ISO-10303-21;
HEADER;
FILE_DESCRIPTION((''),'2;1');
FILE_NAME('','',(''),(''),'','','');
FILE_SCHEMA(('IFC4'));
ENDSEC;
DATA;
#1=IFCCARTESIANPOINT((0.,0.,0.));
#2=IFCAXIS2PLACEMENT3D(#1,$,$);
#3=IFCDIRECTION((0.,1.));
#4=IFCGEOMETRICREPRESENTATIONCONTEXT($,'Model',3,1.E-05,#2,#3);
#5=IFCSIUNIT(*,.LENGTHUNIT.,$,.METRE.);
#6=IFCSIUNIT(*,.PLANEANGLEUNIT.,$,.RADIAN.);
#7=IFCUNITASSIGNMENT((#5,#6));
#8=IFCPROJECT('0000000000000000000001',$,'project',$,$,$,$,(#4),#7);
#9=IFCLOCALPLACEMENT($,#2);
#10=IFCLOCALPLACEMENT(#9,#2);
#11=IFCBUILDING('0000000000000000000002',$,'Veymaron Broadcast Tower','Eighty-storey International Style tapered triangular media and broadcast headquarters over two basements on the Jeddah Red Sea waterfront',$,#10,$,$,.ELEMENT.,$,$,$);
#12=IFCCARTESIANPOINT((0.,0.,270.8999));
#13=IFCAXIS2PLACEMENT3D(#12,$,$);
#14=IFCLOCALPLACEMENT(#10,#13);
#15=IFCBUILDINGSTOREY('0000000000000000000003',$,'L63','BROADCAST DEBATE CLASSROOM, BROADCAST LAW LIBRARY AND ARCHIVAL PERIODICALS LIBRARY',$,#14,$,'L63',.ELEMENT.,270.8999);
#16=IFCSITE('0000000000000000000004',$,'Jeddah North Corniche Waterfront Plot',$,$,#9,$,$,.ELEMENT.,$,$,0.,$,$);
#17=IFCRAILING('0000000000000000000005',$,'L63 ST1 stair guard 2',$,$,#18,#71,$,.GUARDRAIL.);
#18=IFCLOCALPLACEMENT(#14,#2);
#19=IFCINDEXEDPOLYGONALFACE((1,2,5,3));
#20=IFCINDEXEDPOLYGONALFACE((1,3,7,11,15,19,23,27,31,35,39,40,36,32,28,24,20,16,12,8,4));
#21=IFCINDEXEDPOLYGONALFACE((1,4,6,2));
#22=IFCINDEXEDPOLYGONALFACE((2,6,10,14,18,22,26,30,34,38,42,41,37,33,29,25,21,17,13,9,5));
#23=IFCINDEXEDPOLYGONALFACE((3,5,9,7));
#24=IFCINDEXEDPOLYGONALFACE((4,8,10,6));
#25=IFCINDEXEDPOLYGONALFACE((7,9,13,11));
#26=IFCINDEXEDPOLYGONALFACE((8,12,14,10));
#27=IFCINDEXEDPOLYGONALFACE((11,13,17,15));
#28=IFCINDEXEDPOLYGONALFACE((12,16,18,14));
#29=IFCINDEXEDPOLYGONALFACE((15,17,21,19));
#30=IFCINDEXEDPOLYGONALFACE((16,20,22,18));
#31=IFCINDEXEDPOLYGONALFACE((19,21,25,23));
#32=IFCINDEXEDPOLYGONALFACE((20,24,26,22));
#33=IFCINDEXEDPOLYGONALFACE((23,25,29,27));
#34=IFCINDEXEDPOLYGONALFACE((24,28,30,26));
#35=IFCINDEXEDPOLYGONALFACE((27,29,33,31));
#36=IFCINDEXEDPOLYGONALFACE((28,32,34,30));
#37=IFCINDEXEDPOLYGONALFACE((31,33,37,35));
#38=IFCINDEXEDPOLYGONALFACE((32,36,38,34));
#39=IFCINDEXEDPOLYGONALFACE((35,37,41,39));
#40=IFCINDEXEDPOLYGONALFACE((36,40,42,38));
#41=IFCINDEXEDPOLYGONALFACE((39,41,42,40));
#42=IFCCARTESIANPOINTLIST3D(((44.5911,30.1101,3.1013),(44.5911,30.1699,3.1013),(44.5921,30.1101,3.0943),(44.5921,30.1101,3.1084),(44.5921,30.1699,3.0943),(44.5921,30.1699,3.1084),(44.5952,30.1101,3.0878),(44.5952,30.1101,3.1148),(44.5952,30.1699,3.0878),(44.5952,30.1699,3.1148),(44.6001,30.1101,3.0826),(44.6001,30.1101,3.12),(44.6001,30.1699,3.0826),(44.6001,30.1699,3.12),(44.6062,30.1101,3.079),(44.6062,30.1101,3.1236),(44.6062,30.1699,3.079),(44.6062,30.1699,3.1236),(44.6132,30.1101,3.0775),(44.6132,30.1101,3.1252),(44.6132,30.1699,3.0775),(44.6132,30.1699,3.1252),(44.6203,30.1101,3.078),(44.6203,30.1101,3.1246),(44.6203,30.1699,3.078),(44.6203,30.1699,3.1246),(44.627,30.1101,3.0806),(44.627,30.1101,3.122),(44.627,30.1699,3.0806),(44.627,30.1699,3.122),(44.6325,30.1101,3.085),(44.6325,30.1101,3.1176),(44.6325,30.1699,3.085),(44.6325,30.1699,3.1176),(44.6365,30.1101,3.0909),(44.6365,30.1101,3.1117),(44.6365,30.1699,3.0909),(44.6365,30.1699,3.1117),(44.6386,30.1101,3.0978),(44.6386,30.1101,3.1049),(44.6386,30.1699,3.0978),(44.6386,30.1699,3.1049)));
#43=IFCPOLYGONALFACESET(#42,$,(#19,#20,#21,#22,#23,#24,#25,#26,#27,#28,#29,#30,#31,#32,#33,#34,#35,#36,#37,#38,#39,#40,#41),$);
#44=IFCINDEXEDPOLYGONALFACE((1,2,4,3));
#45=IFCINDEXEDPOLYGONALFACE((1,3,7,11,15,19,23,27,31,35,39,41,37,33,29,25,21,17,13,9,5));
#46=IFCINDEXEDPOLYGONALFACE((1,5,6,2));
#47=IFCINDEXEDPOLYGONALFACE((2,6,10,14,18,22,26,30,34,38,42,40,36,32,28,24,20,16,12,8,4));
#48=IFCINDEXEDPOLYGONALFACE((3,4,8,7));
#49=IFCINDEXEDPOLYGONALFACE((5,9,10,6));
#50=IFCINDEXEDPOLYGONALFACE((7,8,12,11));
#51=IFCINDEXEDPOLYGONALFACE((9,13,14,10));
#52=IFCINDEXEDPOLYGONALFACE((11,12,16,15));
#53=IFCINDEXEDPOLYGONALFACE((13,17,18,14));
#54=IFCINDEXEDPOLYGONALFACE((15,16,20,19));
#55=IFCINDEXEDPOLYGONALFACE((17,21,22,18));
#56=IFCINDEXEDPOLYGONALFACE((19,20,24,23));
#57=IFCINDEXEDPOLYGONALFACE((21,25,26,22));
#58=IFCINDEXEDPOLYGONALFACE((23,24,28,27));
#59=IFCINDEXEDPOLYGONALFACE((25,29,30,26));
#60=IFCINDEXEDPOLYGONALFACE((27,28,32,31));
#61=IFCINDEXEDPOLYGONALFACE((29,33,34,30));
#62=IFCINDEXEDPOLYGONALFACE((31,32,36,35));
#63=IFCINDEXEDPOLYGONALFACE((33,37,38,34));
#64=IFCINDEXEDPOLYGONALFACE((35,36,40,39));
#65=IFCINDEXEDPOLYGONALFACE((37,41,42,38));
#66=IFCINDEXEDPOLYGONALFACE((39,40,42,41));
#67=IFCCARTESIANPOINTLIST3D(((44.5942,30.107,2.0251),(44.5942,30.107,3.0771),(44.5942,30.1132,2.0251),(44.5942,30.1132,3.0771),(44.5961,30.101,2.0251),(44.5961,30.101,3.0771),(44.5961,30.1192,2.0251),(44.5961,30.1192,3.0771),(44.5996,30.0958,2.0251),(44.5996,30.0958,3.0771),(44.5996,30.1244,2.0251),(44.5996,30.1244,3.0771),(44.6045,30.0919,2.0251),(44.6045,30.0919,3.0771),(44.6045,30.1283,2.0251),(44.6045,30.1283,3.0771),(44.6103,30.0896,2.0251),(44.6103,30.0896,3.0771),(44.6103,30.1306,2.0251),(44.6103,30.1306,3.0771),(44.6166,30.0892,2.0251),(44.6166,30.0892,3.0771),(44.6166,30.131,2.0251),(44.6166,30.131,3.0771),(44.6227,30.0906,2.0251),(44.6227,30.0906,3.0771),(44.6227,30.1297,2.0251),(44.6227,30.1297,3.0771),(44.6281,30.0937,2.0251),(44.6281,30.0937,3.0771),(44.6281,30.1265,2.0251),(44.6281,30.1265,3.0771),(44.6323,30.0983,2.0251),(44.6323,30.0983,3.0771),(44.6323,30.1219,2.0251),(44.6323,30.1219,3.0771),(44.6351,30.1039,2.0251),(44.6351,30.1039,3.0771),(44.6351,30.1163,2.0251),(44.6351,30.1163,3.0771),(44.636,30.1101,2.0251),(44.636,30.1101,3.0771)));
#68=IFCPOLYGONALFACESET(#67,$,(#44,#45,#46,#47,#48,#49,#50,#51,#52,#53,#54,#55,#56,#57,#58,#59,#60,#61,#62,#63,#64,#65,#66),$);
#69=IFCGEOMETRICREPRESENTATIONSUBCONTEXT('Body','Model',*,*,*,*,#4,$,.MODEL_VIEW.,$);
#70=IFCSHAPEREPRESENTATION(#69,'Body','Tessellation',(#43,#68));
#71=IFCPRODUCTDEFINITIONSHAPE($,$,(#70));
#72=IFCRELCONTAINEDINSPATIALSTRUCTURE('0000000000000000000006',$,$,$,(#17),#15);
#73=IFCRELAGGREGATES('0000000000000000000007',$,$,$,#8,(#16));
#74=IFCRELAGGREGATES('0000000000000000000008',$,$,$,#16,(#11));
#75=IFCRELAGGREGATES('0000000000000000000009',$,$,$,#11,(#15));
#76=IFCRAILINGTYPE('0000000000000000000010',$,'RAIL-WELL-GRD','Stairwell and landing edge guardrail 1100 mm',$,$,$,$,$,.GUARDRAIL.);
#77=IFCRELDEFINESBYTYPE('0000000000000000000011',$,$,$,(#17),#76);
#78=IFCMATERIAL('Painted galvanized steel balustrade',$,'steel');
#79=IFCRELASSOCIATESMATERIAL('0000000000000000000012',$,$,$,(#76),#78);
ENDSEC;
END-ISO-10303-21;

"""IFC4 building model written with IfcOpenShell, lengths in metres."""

from ifc_helpers import new_model, si_unit, direction, frame, origin, origin_2d, place, context, subcontext, project, spatial, circle, extrude, material, type_object, element, save


model = new_model("IFC4")

# Units and contexts
model_context = context("Model", 3, precision=1e-05, world=origin(), true_north=direction((0.0, 1.0)))
body_context = subcontext(model_context, "Body", "Model", "MODEL_VIEW")
ifc_project = project(units=[si_unit("LENGTHUNIT", "METRE"), si_unit("PLANEANGLEUNIT", "RADIAN")], contexts=[model_context])

# Site, building, storey
site_placement = place(None, origin())
site = spatial("IfcSite", under=ifc_project, at=site_placement, Name="Jeddah North Corniche Waterfront Plot", CompositionType="ELEMENT", RefElevation=0.0)
building_placement = place(site_placement, origin())
building = spatial("IfcBuilding", under=site, at=building_placement, Name="Veymaron Broadcast Tower", Description="Eighty-storey International Style tapered triangular media and broadcast headquarters over two basements on the Jeddah Red Sea waterfront", CompositionType="ELEMENT")
storey_placement = place(building_placement, frame((0.0, 0.0, 270.8999)))
storey = spatial("IfcBuildingStorey", under=building, at=storey_placement, Name="L63", Description="BROADCAST DEBATE CLASSROOM, BROADCAST LAW LIBRARY AND ARCHIVAL PERIODICALS LIBRARY", LongName="L63", CompositionType="ELEMENT", Elevation=270.8999)

# Railing
ifc_material_1 = material(Name="Painted galvanized steel balustrade", Category="steel")
railing_type_1 = type_object("IfcRailingType", Name="RAIL-WELL-GRD", Description="Stairwell and landing edge guardrail 1100 mm", PredefinedType="GUARDRAIL", material=ifc_material_1)
railing_1_placement = place(storey_placement, frame((44.615, 30.1101, 2.0251)))
element("IfcRailing", 1, at=railing_1_placement, inside=storey, type_object=railing_type_1, Name="L63 ST1 stair guard 2", PredefinedType="GUARDRAIL", context=body_context, shape_type="SweptSolid", body=[
    extrude(circle(Radius=0.0239, at=origin_2d()), frame((0.0, 0.0, 1.0762), z_axis=(0.0, 1.0, 0.0), x_axis=(-1.0, 0.0, 0.0)), (0.0, 0.0, 1.0), 0.0598),
    extrude(circle(Radius=0.021, at=origin_2d()), origin(), (0.0, 0.0, 1.0), 1.052),
])

save(model, "model.ifc")
